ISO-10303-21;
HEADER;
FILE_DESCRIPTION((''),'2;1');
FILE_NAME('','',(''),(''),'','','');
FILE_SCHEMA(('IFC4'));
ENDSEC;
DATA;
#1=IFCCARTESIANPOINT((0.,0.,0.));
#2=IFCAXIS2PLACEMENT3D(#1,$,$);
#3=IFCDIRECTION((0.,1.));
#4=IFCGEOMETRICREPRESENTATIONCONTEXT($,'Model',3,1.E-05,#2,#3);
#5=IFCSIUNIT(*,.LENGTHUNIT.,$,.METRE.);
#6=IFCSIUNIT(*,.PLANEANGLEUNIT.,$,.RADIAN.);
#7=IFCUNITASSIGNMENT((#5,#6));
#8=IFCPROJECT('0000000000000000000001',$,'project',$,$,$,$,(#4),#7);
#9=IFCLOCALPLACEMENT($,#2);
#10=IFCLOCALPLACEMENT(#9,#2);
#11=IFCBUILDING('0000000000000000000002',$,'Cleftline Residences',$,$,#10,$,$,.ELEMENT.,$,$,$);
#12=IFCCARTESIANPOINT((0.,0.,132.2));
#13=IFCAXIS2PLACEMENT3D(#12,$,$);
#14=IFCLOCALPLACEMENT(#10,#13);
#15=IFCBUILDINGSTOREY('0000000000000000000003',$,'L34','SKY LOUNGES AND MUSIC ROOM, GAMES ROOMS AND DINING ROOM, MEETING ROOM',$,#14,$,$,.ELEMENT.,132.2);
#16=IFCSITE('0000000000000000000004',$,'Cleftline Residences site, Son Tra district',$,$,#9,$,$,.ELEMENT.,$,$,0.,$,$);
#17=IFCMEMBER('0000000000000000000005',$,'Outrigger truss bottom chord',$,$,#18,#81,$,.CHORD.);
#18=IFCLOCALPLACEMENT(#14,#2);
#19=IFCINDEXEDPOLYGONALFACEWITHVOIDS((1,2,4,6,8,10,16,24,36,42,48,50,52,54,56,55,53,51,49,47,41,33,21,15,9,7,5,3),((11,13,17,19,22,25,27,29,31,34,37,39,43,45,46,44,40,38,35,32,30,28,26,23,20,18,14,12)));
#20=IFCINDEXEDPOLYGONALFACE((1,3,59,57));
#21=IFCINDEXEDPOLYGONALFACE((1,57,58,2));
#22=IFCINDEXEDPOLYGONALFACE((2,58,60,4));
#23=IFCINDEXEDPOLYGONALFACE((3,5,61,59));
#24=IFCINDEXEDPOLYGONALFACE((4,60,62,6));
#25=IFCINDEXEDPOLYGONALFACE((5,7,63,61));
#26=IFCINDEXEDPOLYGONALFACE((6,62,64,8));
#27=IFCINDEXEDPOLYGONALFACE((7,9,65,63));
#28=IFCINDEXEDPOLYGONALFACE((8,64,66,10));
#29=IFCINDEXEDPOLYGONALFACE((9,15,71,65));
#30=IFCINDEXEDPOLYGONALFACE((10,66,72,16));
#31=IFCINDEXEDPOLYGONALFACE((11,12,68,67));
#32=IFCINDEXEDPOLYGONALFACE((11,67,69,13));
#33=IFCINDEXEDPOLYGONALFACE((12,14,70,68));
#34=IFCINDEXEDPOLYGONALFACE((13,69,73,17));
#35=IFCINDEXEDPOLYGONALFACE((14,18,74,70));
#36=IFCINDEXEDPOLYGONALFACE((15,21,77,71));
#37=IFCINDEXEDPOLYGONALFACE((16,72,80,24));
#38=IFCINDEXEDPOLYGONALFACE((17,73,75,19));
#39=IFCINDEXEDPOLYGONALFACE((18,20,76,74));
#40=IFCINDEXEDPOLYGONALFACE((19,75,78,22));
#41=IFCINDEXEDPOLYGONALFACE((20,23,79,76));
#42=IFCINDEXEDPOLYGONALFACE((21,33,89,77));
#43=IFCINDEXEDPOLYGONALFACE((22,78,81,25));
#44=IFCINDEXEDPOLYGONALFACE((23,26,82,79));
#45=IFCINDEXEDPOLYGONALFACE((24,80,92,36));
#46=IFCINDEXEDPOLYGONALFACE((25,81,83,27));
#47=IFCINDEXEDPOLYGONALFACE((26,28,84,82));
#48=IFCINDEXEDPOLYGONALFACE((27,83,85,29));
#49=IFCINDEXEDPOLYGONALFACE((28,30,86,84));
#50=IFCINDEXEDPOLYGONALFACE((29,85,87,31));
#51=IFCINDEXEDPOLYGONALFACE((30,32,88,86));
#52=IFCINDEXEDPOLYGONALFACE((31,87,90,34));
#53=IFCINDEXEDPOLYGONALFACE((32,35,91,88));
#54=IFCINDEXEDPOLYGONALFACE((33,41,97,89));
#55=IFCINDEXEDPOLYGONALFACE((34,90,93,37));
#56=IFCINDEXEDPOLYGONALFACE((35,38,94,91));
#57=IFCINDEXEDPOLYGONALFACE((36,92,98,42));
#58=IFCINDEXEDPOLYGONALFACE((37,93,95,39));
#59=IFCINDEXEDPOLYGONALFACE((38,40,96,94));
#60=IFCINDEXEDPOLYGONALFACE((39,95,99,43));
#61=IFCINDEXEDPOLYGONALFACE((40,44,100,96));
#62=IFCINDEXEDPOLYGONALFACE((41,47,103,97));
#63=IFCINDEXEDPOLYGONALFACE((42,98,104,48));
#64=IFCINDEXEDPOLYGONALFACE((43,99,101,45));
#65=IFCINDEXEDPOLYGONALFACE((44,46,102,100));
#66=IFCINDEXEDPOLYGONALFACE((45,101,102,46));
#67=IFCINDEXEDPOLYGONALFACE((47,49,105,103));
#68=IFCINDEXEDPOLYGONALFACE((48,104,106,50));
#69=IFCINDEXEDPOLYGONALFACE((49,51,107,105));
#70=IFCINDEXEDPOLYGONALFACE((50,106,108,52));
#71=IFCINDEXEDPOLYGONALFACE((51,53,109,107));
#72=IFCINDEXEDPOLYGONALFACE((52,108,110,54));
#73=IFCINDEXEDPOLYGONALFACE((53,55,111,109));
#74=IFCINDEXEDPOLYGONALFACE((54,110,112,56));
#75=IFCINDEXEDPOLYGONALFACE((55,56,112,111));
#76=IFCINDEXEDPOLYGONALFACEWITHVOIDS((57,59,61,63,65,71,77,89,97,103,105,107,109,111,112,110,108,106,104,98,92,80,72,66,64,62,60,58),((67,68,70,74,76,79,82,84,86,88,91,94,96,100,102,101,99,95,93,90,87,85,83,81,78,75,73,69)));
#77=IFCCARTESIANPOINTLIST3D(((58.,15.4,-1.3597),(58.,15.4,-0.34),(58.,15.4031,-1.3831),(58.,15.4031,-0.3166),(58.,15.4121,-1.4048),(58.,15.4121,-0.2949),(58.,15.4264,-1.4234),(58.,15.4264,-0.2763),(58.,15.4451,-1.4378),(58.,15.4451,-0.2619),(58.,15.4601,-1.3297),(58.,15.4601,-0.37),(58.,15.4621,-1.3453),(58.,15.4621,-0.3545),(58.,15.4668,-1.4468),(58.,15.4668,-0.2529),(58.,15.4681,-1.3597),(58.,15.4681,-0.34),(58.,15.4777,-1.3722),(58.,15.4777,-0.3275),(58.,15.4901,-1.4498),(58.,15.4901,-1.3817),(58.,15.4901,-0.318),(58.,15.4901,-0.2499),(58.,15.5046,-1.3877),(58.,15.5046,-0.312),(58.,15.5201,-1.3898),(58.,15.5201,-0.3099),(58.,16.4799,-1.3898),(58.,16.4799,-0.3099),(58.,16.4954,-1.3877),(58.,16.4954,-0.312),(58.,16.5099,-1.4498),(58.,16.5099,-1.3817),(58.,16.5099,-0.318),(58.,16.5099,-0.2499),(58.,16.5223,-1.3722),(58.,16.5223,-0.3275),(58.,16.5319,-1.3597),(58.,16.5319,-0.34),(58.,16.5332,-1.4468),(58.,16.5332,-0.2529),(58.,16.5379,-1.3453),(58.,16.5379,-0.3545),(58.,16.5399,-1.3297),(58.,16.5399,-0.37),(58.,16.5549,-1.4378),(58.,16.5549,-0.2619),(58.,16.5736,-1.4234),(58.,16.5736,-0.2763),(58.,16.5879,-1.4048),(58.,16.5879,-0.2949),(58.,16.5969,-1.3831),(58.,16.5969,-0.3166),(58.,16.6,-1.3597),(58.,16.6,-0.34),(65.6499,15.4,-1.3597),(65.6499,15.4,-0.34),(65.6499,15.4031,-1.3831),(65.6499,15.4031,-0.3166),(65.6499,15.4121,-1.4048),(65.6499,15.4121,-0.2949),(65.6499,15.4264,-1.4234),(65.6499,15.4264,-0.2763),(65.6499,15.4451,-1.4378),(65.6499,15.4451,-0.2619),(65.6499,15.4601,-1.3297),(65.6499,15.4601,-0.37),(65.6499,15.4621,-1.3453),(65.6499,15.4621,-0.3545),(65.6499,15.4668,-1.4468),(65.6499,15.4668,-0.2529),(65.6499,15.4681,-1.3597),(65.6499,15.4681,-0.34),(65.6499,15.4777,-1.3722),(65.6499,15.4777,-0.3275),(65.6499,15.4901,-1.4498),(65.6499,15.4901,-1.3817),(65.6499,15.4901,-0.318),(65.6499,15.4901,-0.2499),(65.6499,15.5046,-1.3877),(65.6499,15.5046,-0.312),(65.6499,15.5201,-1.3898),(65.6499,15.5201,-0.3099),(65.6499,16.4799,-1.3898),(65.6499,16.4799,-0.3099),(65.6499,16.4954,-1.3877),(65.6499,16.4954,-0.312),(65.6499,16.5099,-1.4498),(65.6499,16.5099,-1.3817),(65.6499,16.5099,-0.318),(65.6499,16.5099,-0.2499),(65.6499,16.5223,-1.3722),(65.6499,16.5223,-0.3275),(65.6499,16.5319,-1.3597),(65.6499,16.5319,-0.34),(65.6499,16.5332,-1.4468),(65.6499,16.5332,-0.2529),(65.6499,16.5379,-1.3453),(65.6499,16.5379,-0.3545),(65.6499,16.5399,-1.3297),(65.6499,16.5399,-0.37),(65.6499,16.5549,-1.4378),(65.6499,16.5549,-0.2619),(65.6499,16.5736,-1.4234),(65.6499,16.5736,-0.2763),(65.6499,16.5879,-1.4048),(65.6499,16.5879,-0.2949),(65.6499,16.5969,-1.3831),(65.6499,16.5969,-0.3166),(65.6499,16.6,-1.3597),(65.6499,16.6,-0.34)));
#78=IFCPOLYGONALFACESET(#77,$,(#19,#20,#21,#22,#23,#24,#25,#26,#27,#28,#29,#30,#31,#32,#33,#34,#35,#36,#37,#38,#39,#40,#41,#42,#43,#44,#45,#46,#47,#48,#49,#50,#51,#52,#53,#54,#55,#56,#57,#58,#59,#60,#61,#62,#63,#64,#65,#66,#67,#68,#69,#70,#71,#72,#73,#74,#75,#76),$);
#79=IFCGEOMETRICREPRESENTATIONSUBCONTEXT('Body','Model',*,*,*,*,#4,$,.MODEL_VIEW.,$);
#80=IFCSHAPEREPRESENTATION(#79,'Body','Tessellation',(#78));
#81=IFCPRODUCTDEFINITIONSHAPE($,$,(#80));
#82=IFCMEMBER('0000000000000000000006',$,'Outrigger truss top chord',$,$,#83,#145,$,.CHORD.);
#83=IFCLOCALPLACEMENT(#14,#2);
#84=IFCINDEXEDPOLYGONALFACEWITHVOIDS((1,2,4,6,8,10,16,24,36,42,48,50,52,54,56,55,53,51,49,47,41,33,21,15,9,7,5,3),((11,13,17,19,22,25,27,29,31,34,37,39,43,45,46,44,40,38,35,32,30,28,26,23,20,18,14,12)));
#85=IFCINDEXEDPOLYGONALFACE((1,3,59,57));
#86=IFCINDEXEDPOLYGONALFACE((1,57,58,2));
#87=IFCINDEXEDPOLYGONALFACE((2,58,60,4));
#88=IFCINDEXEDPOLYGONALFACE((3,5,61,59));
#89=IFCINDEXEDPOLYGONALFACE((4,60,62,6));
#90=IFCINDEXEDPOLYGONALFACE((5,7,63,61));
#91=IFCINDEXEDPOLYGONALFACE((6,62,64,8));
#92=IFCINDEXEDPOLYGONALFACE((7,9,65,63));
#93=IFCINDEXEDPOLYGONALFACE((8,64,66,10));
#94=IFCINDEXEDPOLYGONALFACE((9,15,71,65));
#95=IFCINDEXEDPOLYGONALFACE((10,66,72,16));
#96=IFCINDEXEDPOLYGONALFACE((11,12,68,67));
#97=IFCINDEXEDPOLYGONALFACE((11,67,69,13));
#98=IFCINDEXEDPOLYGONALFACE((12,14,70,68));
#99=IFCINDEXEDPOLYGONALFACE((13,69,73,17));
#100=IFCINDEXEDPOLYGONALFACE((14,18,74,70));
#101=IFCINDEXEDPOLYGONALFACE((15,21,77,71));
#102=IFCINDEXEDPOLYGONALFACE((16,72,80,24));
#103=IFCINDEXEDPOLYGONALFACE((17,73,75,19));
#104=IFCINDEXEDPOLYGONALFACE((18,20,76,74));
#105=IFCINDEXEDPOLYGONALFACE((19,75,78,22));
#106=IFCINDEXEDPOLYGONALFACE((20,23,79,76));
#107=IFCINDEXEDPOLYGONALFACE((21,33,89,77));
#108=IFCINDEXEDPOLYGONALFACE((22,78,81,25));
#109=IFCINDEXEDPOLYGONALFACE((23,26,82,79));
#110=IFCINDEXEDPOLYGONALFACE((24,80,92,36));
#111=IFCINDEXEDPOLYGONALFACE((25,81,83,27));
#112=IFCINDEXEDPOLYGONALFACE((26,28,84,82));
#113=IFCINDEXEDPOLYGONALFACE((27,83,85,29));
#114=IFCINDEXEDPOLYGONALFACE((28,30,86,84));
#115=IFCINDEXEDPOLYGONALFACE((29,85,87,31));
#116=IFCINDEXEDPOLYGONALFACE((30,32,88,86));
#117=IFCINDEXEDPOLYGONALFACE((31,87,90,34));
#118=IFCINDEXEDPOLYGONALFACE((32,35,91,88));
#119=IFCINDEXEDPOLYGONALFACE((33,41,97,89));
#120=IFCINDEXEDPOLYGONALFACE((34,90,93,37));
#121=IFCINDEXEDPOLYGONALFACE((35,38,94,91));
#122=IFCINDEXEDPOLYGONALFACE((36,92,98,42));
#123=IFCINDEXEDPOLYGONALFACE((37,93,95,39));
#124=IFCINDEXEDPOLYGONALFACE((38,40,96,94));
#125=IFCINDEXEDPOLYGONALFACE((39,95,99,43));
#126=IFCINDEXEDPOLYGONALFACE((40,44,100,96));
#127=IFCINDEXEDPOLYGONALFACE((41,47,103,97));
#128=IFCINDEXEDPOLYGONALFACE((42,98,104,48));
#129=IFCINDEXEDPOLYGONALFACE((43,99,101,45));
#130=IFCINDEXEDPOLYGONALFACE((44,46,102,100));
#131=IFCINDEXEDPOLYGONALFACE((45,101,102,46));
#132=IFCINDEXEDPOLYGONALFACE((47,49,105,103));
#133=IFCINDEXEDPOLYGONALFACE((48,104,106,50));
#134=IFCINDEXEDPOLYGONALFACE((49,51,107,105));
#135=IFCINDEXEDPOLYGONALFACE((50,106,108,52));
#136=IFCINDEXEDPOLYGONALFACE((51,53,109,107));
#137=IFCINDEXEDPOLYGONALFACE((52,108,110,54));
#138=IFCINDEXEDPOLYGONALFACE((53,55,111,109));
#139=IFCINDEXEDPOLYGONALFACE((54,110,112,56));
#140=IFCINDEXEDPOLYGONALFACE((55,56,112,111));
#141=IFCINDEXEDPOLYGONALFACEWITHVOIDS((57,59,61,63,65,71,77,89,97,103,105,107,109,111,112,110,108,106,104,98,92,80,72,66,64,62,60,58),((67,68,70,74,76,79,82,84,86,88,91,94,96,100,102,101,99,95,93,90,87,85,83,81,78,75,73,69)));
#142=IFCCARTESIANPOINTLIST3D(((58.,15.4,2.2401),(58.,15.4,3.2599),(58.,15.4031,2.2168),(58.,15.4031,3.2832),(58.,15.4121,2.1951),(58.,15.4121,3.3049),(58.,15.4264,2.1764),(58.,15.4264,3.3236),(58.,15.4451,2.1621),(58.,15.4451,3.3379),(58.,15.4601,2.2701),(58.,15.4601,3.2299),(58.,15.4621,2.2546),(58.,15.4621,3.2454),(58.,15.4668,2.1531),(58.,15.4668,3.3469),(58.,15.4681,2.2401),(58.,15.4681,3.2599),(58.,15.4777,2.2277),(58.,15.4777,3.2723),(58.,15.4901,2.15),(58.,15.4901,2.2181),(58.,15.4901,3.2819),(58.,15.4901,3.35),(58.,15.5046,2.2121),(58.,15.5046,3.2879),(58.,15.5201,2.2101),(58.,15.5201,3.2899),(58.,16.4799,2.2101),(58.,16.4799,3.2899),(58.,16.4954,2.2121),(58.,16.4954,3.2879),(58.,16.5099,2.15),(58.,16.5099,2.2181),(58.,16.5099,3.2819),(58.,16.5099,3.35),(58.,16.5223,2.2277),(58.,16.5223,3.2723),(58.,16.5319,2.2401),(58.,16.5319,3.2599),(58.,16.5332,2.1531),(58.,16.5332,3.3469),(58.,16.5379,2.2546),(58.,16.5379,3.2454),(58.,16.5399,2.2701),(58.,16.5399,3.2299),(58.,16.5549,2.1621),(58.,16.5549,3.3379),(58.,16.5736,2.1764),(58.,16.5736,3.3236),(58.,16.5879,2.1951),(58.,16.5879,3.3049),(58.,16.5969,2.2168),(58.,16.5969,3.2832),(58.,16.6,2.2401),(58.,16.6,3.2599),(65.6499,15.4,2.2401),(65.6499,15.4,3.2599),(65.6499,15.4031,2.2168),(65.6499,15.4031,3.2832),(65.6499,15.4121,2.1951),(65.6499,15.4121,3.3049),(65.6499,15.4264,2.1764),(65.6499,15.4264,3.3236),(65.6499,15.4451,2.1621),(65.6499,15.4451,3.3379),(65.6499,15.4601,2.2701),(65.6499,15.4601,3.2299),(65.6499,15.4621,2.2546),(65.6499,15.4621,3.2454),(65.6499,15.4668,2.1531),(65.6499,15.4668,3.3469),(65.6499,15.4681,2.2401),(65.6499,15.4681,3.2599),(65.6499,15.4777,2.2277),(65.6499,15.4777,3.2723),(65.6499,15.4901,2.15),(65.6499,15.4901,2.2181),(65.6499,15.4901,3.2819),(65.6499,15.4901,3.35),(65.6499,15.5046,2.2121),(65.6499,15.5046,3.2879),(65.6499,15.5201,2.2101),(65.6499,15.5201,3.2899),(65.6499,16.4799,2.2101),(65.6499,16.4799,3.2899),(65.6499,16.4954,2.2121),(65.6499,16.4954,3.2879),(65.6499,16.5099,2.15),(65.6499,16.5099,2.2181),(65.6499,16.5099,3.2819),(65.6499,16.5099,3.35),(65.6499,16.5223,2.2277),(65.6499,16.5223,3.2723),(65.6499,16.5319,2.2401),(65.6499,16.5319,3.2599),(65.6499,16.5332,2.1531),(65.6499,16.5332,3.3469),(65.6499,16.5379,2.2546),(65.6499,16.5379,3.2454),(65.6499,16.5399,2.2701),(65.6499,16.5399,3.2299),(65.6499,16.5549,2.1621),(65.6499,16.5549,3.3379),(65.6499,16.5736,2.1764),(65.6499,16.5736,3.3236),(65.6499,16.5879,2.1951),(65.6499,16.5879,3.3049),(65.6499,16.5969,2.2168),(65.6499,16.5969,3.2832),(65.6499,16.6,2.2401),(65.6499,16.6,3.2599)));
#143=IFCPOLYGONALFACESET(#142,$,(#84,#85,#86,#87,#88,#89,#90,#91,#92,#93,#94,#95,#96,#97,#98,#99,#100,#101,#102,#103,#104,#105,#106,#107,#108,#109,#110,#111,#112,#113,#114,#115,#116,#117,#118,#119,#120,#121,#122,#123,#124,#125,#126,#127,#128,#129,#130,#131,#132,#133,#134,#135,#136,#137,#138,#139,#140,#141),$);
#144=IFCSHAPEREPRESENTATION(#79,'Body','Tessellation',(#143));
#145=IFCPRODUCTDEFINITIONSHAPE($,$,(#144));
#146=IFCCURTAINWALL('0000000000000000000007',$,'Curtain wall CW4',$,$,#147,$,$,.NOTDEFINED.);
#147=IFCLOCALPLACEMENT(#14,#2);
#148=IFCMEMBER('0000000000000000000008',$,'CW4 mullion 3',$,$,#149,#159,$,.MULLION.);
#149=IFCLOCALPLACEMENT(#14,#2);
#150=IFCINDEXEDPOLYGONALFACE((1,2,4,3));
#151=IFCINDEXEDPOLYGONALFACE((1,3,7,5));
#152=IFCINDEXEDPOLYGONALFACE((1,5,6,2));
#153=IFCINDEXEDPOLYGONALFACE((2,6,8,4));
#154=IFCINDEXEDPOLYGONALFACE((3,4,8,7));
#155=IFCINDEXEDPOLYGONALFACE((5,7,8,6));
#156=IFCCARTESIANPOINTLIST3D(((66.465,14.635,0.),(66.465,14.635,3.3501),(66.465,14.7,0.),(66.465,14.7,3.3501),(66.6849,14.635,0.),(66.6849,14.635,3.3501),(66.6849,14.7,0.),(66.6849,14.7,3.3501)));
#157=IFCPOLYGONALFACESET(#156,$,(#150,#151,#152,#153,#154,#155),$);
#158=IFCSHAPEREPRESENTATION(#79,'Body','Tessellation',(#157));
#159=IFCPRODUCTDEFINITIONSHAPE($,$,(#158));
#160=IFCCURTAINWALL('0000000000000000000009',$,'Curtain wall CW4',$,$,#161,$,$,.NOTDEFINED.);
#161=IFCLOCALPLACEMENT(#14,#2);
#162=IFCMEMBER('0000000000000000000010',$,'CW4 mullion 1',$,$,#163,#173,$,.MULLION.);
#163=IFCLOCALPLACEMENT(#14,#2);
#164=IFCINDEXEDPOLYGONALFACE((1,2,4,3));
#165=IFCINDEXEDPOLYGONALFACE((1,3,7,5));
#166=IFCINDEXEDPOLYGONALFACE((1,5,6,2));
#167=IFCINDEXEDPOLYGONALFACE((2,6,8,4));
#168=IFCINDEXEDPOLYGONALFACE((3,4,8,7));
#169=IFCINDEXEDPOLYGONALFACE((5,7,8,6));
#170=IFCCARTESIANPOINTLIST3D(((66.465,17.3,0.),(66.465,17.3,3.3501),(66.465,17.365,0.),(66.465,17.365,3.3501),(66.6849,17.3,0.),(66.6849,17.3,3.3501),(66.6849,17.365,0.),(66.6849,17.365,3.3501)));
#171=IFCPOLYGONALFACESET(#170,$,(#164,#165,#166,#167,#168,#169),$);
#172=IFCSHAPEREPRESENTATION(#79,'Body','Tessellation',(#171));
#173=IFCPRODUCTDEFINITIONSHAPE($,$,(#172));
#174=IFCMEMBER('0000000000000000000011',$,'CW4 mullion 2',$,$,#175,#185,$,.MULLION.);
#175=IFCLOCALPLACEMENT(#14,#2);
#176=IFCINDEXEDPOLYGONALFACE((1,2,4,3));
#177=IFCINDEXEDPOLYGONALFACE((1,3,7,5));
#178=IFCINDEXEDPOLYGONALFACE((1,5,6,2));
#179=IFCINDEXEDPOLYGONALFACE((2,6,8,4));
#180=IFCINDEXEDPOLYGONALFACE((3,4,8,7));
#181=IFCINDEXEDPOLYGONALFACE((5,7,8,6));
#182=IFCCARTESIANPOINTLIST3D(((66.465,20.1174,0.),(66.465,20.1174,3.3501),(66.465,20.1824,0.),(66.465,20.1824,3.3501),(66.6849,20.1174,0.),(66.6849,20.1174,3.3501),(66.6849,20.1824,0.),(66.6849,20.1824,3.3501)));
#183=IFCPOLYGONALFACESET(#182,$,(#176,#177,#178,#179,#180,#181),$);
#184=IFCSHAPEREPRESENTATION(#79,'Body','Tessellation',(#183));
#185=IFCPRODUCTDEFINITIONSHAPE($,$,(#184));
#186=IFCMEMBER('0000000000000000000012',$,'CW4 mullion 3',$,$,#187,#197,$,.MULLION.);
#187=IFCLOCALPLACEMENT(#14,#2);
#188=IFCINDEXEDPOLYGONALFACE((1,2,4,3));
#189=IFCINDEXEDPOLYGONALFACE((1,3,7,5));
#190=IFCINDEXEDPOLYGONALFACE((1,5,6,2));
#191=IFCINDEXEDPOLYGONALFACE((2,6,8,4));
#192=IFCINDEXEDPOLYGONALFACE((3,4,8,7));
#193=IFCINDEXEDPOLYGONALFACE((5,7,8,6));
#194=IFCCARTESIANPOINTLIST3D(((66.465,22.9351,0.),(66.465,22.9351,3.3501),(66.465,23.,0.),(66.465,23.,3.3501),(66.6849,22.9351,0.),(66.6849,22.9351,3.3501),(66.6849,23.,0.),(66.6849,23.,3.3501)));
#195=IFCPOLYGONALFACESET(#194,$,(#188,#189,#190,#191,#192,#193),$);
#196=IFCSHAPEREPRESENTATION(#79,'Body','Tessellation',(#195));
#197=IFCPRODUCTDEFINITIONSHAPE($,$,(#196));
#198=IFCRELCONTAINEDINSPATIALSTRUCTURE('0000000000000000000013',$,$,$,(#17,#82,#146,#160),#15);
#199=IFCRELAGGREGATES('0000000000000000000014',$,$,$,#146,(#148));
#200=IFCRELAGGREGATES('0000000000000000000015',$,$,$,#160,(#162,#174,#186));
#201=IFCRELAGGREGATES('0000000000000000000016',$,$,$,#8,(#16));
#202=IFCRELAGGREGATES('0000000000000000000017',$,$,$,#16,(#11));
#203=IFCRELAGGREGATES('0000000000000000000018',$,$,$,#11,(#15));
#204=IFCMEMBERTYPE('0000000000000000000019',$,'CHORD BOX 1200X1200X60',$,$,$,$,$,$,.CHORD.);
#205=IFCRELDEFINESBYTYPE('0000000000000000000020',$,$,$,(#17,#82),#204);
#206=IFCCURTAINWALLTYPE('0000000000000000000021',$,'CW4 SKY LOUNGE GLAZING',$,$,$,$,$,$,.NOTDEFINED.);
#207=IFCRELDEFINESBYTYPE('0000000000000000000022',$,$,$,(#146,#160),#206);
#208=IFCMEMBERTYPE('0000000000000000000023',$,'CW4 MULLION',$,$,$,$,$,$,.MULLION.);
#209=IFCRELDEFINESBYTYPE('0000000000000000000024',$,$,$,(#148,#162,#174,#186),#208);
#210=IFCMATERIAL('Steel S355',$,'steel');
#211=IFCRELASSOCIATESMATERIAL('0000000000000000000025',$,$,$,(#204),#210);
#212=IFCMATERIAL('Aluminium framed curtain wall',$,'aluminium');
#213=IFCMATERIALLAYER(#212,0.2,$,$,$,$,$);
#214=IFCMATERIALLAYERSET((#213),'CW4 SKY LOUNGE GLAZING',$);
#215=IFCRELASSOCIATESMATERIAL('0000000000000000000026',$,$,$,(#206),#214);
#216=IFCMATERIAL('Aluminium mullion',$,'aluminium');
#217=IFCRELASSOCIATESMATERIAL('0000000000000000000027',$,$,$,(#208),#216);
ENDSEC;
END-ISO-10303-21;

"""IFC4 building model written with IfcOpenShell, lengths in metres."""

from ifc_helpers import new_model, si_unit, direction, frame, origin, origin_2d, place, context, subcontext, project, spatial, rectangle, hollow_rectangle, extrude, material, layer, layer_set, material_profile, profile_set, type_object, element, aggregate, save


model = new_model("IFC4")

# Units and contexts
model_context = context("Model", 3, precision=1e-05, world=origin(), true_north=direction((0.0, 1.0)))
body_context = subcontext(model_context, "Body", "Model", "MODEL_VIEW")
ifc_project = project(units=[si_unit("LENGTHUNIT", "METRE"), si_unit("PLANEANGLEUNIT", "RADIAN")], contexts=[model_context])

# Site, building, storey
site_placement = place(None, origin())
site = spatial("IfcSite", under=ifc_project, at=site_placement, Name="Cleftline Residences site, Son Tra district", CompositionType="ELEMENT", RefElevation=0.0)
building_placement = place(site_placement, origin())
building = spatial("IfcBuilding", under=site, at=building_placement, Name="Cleftline Residences", CompositionType="ELEMENT")
storey_placement = place(building_placement, frame((0.0, 0.0, 132.2)))
storey = spatial("IfcBuildingStorey", under=building, at=storey_placement, Name="L34", Description="SKY LOUNGES AND MUSIC ROOM, GAMES ROOMS AND DINING ROOM, MEETING ROOM", CompositionType="ELEMENT", Elevation=132.2)

# Members
ifc_material_1 = material(Name="Steel S355", Category="steel")
ifc_material_profile_1 = material_profile(ifc_material_1, hollow_rectangle(XDim=1.2, YDim=1.2, WallThickness=0.0601, InnerFilletRadius=0.0601, OuterFilletRadius=0.0901, at=origin_2d()))
ifc_profile_set_1 = profile_set([ifc_material_profile_1], Name="Steel S355")
member_type_1 = type_object("IfcMemberType", Name="CHORD BOX 1200X1200X60", PredefinedType="CHORD", material=ifc_profile_set_1)
for number, where, z_axis, x_axis, name in (
    (1, (58.0, 16.0, -0.8499), (1.0, 0.0, 0.0), (0.0, 1.0, 0.0), "Outrigger truss bottom chord"),
    (2, (58.0, 16.0, 2.75), (1.0, 0.0, 0.0), (0.0, 1.0, 0.0), "Outrigger truss top chord"),
):
    element("IfcMember", number, at=place(storey_placement, frame(where, z_axis=z_axis, x_axis=x_axis)), inside=storey, type_object=member_type_1, Name=name, PredefinedType="CHORD", context=body_context, shape_type="SweptSolid", body=[
        extrude(hollow_rectangle(XDim=1.2, YDim=1.2, WallThickness=0.0601, InnerFilletRadius=0.0601, OuterFilletRadius=0.0901, at=origin_2d()), origin(), (0.0, 0.0, 1.0), 7.6499),
    ])

# Curtain wall, member
ifc_material_2 = material(Name="Aluminium framed curtain wall", Category="aluminium")
ifc_layer_1 = layer(ifc_material_2, 0.2)
ifc_layer_set_1 = layer_set([ifc_layer_1], Name="CW4 SKY LOUNGE GLAZING")
curtain_wall_type = type_object("IfcCurtainWallType", Name="CW4 SKY LOUNGE GLAZING", PredefinedType="NOTDEFINED", material=ifc_layer_set_1)
curtain_wall_1_placement = place(storey_placement, origin())
curtain_wall_1 = element("IfcCurtainWall", 3, at=curtain_wall_1_placement, inside=storey, type_object=curtain_wall_type, Name="Curtain wall CW4", PredefinedType="NOTDEFINED")
ifc_material_3 = material(Name="Aluminium mullion", Category="aluminium")
ifc_material_profile_2 = material_profile(ifc_material_3, rectangle(XDim=0.22, YDim=0.0649, at=origin_2d()))
ifc_profile_set_2 = profile_set([ifc_material_profile_2], Name="Aluminium mullion")
member_type_2 = type_object("IfcMemberType", Name="CW4 MULLION", PredefinedType="MULLION", material=ifc_profile_set_2)
member_1_placement = place(storey_placement, frame((66.575, 14.6675, 0.0), z_axis=(0.0, 0.0, 1.0), x_axis=(-1.0, 0.0, 0.0)))
member_1 = element("IfcMember", 4, at=member_1_placement, type_object=member_type_2, Name="CW4 mullion 3", PredefinedType="MULLION", context=body_context, shape_type="SweptSolid", body=[
    extrude(rectangle(XDim=0.22, YDim=0.0649, at=origin_2d()), origin(), (0.0, 0.0, 1.0), 3.3501),
])
aggregate(curtain_wall_1, [member_1])

# Curtain wall, members
curtain_wall_2_placement = place(storey_placement, origin())
curtain_wall_2 = element("IfcCurtainWall", 5, at=curtain_wall_2_placement, inside=storey, type_object=curtain_wall_type, Name="Curtain wall CW4", PredefinedType="NOTDEFINED")
member_2_placement = place(storey_placement, frame((66.575, 17.3325, 0.0), z_axis=(0.0, 0.0, 1.0), x_axis=(-1.0, 0.0, 0.0)))
member_2 = element("IfcMember", 6, at=member_2_placement, type_object=member_type_2, Name="CW4 mullion 1", PredefinedType="MULLION", context=body_context, shape_type="SweptSolid", body=[
    extrude(rectangle(XDim=0.22, YDim=0.0649, at=origin_2d()), origin(), (0.0, 0.0, 1.0), 3.3501),
])
member_3_placement = place(storey_placement, frame((66.575, 20.1499, 0.0), z_axis=(0.0, 0.0, 1.0), x_axis=(-1.0, 0.0, 0.0)))
member_3 = element("IfcMember", 7, at=member_3_placement, type_object=member_type_2, Name="CW4 mullion 2", PredefinedType="MULLION", context=body_context, shape_type="SweptSolid", body=[
    extrude(rectangle(XDim=0.22, YDim=0.0649, at=origin_2d()), origin(), (0.0, 0.0, 1.0), 3.3501),
])
member_4_placement = place(storey_placement, frame((66.575, 22.9675, 0.0), z_axis=(0.0, 0.0, 1.0), x_axis=(-1.0, 0.0, 0.0)))
member_4 = element("IfcMember", 8, at=member_4_placement, type_object=member_type_2, Name="CW4 mullion 3", PredefinedType="MULLION", context=body_context, shape_type="SweptSolid", body=[
    extrude(rectangle(XDim=0.22, YDim=0.0649, at=origin_2d()), origin(), (0.0, 0.0, 1.0), 3.3501),
])
aggregate(curtain_wall_2, [member_2, member_3, member_4])

save(model, "model.ifc")
